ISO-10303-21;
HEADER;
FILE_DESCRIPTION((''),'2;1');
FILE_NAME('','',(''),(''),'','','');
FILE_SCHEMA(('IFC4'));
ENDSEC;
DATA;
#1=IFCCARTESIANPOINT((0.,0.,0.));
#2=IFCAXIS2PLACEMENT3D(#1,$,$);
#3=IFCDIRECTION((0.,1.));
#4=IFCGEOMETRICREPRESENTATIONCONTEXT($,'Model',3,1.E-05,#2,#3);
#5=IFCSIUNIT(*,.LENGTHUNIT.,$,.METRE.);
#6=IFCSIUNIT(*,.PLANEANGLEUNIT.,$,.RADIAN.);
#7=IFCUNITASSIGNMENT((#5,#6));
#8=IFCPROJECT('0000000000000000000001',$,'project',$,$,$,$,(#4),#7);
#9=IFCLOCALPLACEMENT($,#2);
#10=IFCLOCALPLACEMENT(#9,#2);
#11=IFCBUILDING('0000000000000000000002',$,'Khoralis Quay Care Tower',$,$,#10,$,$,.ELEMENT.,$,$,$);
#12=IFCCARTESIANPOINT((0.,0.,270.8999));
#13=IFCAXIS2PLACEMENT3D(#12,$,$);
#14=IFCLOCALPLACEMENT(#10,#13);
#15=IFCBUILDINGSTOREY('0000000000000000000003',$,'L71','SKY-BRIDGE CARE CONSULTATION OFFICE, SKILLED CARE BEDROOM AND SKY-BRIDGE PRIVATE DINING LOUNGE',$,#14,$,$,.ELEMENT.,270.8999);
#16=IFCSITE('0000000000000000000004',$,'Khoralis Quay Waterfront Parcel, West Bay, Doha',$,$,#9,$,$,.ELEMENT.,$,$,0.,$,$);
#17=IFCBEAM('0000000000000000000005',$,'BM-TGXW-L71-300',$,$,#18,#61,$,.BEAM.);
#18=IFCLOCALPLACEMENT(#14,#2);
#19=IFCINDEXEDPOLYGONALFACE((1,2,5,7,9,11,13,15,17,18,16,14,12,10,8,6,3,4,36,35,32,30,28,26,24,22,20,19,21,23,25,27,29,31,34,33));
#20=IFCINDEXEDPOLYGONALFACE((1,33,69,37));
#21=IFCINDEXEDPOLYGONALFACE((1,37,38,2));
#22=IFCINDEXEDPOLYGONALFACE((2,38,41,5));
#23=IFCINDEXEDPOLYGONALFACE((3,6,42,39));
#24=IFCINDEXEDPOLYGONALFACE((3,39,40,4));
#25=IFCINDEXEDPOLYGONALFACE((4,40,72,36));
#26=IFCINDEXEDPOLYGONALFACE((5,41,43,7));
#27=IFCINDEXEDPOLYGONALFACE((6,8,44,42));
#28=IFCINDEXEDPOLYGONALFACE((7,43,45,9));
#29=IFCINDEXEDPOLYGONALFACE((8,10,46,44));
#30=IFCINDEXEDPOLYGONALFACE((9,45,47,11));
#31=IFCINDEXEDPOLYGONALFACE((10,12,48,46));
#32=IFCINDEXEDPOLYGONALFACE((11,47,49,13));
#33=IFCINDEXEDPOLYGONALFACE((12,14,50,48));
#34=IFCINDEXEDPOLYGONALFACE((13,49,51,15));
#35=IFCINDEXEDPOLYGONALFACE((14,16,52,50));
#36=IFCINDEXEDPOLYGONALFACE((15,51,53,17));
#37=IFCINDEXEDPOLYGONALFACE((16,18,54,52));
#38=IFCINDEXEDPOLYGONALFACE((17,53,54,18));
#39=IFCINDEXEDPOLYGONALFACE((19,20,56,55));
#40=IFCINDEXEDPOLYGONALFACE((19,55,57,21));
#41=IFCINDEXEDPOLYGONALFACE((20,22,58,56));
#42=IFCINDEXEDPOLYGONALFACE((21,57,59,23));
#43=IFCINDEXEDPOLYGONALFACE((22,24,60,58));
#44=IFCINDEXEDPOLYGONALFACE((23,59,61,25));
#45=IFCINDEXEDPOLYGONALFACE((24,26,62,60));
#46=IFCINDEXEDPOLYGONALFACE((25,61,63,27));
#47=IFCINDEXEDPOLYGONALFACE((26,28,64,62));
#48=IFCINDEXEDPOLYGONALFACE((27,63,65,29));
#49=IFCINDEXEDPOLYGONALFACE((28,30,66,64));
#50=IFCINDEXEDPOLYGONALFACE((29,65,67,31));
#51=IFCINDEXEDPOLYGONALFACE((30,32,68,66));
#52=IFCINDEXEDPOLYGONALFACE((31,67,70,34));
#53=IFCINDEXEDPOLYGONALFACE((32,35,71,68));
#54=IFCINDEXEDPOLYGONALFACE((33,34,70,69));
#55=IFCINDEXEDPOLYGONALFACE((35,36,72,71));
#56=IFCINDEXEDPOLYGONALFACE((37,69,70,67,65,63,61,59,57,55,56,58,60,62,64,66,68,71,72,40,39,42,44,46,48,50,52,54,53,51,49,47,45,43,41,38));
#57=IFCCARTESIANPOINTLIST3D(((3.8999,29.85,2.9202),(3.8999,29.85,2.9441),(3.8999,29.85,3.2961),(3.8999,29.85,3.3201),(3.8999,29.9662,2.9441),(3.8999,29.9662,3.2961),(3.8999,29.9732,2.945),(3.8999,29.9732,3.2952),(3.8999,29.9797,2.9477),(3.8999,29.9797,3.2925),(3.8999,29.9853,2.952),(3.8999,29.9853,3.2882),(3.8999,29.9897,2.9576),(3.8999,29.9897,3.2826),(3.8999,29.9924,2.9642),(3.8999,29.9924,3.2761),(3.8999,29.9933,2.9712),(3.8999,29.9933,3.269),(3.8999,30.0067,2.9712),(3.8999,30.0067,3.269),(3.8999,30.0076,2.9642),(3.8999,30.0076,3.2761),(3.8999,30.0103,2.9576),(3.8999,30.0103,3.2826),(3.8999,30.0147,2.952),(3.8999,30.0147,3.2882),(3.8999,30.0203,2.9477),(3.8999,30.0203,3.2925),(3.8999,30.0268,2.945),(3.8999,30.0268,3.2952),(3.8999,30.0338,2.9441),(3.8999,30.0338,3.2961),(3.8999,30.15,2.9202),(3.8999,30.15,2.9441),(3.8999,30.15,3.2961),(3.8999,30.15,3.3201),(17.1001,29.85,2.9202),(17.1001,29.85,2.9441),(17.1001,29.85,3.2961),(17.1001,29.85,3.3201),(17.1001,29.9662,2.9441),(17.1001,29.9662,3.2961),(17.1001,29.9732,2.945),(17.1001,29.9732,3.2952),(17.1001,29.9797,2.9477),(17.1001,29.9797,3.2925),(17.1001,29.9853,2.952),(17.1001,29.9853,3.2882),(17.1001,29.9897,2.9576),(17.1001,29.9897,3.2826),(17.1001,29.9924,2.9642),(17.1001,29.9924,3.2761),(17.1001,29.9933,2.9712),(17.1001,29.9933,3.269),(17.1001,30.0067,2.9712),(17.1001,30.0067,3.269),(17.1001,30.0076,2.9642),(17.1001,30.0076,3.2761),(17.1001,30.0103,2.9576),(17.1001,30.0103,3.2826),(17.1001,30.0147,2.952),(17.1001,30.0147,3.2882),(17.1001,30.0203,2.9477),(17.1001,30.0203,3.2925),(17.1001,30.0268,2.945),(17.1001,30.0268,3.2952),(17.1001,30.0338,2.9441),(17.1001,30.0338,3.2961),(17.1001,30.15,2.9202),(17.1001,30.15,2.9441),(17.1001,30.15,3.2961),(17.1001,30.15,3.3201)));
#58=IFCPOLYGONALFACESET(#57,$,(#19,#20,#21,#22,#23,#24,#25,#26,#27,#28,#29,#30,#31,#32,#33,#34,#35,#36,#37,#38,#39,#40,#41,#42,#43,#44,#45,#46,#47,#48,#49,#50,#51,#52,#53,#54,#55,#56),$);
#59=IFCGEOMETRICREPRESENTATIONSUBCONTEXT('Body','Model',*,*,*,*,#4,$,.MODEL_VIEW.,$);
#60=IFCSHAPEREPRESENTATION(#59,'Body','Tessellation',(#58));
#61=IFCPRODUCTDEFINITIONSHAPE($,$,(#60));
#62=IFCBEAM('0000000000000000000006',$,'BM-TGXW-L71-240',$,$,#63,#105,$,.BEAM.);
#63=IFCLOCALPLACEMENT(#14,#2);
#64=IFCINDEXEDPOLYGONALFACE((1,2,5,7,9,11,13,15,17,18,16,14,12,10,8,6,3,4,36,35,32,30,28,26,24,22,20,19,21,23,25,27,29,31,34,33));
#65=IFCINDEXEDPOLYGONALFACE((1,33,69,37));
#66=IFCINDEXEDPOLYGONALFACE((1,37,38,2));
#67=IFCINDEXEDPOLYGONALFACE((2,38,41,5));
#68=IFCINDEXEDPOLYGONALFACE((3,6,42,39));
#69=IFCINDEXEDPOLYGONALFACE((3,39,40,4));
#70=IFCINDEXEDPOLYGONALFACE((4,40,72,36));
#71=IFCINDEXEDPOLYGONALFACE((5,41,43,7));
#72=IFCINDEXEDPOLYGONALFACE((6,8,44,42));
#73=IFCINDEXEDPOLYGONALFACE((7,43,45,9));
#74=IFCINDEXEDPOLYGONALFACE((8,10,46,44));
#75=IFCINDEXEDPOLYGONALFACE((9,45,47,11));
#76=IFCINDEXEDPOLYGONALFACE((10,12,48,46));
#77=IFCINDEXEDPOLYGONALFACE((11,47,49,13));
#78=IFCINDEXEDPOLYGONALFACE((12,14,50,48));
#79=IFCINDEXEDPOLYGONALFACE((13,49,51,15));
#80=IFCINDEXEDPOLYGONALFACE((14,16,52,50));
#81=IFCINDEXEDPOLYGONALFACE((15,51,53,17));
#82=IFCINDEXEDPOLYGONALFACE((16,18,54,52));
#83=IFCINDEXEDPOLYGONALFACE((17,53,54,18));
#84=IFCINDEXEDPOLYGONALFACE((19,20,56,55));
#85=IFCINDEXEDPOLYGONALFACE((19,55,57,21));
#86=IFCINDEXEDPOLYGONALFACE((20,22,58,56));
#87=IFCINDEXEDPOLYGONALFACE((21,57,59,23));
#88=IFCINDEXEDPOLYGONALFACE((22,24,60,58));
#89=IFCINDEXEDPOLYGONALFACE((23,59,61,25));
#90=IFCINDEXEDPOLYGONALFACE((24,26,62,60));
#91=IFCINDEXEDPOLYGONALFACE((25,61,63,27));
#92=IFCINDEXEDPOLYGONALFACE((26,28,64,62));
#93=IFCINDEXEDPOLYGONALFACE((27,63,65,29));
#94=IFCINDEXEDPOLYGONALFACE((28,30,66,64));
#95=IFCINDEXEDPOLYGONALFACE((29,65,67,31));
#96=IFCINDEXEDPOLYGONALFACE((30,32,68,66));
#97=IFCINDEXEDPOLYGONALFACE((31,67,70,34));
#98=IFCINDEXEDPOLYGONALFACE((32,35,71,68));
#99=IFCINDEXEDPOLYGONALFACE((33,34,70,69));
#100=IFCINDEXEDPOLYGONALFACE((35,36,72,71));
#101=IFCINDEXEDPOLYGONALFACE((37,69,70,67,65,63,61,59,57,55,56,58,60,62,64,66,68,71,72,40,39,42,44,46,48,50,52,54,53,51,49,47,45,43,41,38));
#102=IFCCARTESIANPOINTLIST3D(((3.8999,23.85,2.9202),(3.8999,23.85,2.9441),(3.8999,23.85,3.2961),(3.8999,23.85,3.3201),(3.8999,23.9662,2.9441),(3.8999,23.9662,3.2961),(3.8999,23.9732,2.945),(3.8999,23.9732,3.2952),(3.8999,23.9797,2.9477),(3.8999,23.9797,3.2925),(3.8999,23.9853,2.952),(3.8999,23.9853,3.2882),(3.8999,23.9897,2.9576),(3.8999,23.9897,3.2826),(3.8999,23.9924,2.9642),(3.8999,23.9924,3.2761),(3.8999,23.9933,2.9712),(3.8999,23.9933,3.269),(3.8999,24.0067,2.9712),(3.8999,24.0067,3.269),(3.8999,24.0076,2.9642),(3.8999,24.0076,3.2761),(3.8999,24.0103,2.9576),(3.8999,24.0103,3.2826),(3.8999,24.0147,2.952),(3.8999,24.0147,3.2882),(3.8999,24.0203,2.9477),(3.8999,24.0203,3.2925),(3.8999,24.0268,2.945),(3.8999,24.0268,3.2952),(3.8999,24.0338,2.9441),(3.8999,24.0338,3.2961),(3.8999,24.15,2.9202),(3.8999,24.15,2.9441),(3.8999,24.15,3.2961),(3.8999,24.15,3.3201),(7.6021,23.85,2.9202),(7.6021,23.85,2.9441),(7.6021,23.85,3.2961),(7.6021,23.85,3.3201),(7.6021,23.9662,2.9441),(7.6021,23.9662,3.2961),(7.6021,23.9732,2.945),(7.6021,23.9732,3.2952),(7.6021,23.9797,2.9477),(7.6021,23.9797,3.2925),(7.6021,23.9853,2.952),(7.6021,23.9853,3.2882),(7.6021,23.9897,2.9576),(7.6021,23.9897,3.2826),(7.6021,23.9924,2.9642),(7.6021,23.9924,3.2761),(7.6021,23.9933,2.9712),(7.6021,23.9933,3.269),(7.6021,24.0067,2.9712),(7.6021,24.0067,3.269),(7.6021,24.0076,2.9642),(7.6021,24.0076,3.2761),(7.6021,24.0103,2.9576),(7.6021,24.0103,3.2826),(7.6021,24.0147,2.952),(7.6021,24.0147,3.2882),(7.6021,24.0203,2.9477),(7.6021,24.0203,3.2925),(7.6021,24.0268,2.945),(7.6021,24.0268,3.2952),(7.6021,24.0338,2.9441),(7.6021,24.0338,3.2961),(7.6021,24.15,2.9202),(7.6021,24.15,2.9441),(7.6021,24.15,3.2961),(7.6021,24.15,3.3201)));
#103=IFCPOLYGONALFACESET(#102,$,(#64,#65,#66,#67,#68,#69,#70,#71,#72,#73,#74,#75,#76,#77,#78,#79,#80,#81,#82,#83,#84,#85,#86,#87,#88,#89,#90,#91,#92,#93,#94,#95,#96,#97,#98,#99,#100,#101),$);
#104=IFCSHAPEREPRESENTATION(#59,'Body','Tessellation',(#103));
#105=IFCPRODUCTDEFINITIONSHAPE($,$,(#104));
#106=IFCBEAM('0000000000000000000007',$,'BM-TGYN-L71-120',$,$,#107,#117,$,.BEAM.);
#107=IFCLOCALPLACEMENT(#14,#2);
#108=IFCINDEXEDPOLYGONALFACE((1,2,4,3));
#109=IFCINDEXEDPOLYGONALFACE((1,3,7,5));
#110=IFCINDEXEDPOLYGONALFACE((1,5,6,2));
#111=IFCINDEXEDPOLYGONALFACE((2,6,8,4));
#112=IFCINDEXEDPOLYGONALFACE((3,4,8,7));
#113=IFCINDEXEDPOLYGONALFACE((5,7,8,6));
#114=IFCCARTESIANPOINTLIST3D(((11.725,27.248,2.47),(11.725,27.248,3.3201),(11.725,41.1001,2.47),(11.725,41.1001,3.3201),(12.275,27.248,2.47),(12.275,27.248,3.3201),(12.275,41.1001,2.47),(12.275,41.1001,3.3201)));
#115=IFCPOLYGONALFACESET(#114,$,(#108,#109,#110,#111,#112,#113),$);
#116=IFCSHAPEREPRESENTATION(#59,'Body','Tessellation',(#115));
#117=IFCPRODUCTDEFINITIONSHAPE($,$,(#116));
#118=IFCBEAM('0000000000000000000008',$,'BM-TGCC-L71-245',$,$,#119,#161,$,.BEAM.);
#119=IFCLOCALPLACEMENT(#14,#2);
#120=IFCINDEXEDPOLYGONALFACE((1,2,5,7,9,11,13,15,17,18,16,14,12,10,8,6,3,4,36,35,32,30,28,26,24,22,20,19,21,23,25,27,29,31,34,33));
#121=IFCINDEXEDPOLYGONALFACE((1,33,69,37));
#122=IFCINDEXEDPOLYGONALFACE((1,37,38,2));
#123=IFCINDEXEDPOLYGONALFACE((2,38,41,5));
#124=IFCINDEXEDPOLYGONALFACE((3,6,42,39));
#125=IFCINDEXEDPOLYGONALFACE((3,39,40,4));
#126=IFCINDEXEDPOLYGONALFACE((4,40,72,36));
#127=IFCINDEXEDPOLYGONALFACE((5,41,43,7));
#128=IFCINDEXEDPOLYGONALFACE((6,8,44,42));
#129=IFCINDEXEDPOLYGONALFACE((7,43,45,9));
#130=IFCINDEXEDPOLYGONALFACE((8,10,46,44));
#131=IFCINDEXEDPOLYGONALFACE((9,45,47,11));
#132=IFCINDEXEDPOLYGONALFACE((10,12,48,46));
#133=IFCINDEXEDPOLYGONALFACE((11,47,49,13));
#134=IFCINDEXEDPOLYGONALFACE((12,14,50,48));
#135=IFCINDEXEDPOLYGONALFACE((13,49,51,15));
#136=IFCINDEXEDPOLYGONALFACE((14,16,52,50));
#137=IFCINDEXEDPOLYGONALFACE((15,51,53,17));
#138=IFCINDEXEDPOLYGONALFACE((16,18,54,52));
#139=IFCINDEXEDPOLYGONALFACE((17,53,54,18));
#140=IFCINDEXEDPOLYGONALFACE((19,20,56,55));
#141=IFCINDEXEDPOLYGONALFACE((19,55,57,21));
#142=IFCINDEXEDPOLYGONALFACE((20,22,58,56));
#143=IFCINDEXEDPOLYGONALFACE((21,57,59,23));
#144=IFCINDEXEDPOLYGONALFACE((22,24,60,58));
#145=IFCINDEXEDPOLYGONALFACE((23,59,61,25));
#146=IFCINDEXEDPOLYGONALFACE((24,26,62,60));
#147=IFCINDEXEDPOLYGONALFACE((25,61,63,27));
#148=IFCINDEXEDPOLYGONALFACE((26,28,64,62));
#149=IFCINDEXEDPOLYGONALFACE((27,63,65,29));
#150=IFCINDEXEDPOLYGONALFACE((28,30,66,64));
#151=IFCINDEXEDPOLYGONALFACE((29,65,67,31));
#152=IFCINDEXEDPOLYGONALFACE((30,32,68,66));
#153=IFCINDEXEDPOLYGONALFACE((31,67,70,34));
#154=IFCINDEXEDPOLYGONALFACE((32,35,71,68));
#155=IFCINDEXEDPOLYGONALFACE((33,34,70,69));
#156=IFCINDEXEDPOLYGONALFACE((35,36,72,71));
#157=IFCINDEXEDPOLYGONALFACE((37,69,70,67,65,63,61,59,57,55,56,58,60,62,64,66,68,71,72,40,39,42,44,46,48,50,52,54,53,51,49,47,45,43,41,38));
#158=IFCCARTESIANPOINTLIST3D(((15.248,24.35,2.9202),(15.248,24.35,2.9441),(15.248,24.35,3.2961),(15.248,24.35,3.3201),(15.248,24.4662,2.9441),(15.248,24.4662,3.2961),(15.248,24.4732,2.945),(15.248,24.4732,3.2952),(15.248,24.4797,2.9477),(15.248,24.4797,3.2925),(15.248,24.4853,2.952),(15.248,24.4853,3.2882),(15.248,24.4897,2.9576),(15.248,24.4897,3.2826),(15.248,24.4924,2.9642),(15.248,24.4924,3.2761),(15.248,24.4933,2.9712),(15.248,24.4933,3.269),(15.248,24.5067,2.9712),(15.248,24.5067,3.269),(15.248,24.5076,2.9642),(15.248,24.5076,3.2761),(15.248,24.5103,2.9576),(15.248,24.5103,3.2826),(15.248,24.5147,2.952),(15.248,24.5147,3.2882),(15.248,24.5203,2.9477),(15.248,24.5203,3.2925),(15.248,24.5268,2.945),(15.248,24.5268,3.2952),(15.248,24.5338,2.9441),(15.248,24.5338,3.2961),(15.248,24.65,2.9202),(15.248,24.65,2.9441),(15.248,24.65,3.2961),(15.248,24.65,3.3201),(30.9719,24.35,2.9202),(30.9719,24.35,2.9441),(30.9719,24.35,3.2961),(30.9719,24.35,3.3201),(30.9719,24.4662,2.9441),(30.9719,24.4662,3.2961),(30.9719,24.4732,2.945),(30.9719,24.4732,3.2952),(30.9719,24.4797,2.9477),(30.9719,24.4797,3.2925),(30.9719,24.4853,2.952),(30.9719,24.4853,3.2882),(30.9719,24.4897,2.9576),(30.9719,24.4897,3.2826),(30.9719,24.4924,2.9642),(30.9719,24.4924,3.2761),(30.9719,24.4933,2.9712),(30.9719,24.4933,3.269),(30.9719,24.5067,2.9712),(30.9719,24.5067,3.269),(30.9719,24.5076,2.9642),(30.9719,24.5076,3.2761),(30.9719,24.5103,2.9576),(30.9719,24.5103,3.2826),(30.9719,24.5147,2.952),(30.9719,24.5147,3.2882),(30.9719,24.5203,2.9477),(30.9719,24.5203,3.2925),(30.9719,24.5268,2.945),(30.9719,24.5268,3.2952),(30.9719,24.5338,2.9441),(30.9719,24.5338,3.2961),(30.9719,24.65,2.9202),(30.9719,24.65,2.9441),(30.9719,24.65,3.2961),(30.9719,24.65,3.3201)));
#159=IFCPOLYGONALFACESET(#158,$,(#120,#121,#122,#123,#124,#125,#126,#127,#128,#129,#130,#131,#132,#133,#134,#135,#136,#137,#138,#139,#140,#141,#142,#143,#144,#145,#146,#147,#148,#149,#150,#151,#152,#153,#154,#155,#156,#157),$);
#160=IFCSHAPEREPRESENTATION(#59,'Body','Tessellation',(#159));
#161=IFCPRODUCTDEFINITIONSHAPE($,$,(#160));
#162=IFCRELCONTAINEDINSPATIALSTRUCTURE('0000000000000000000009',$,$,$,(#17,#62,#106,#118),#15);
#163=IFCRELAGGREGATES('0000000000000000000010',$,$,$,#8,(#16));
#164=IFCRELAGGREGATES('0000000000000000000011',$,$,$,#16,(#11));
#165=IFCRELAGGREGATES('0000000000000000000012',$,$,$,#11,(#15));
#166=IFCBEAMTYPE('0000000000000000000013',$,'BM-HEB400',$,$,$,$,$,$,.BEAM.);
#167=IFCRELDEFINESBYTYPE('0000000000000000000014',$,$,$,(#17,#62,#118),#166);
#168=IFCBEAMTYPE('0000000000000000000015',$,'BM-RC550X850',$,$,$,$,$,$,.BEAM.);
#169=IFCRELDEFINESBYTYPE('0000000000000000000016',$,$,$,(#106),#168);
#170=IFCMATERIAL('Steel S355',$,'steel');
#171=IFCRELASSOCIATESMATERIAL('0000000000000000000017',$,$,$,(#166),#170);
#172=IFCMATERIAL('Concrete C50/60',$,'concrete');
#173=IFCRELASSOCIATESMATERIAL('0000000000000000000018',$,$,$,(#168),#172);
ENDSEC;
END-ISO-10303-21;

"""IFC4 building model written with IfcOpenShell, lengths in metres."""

from ifc_helpers import new_model, si_unit, direction, frame, origin, origin_2d, place, context, subcontext, project, spatial, rectangle, i_section, extrude, source, transform, mapped, material, material_profile, profile_set, type_object, element, save


model = new_model("IFC4")

# Units and contexts
model_context = context("Model", 3, precision=1e-05, world=origin(), true_north=direction((0.0, 1.0)))
body_context = subcontext(model_context, "Body", "Model", "MODEL_VIEW")
ifc_project = project(units=[si_unit("LENGTHUNIT", "METRE"), si_unit("PLANEANGLEUNIT", "RADIAN")], contexts=[model_context])

# Site, building, storey
site_placement = place(None, origin())
site = spatial("IfcSite", under=ifc_project, at=site_placement, Name="Khoralis Quay Waterfront Parcel, West Bay, Doha", CompositionType="ELEMENT", RefElevation=0.0)
building_placement = place(site_placement, origin())
building = spatial("IfcBuilding", under=site, at=building_placement, Name="Khoralis Quay Care Tower", CompositionType="ELEMENT")
storey_placement = place(building_placement, frame((0.0, 0.0, 270.8999)))
storey = spatial("IfcBuildingStorey", under=building, at=storey_placement, Name="L71", Description="SKY-BRIDGE CARE CONSULTATION OFFICE, SKILLED CARE BEDROOM AND SKY-BRIDGE PRIVATE DINING LOUNGE", CompositionType="ELEMENT", Elevation=270.8999)

# Shared definitions
ifc_material_1 = material(Name="Concrete C50/60", Category="concrete")

# Beams
ifc_material_2 = material(Name="Steel S355", Category="steel")
ifc_material_profile_1 = material_profile(ifc_material_2, i_section(OverallWidth=0.3, OverallDepth=0.3999, WebThickness=0.0134, FlangeThickness=0.0239, FilletRadius=0.0271, at=origin_2d()), Name="Steel S355")
ifc_profile_set_1 = profile_set([ifc_material_profile_1], Name="Steel S355")
beam_type_1 = type_object("IfcBeamType", Name="BM-HEB400", PredefinedType="BEAM", material=ifc_profile_set_1)
shared_shape_1 = source(origin(), body_context, "Body", "SweptSolid", [
    extrude(i_section(OverallWidth=0.3, OverallDepth=0.3999, WebThickness=0.0134, FlangeThickness=0.0239, FilletRadius=0.0271, at=origin_2d()), origin(), (0.0, 0.0, 1.0), 13.2002),
])
beam_1_placement = place(storey_placement, frame((3.8999, 30.0, 3.1201), z_axis=(1.0, 0.0, 0.0), x_axis=(0.0, 1.0, 0.0)))
element("IfcBeam", 1, at=beam_1_placement, inside=storey, type_object=beam_type_1, Name="BM-TGXW-L71-300", PredefinedType="BEAM", context=body_context, shape_type="MappedRepresentation", body=[
    mapped(shared_shape_1, transform((0.0, 0.0, 0.0), scale=1.0)),
])
shared_shape_2 = source(origin(), body_context, "Body", "SweptSolid", [
    extrude(i_section(OverallWidth=0.3, OverallDepth=0.3999, WebThickness=0.0134, FlangeThickness=0.0239, FilletRadius=0.0271, at=origin_2d()), origin(), (0.0, 0.0, 1.0), 3.7021),
])
beam_2_placement = place(storey_placement, frame((3.8999, 24.0, 3.1201), z_axis=(1.0, 0.0, 0.0), x_axis=(0.0, 1.0, 0.0)))
element("IfcBeam", 2, at=beam_2_placement, inside=storey, type_object=beam_type_1, Name="BM-TGXW-L71-240", PredefinedType="BEAM", context=body_context, shape_type="MappedRepresentation", body=[
    mapped(shared_shape_2, transform((0.0, 0.0, 0.0), scale=1.0)),
])
ifc_material_profile_2 = material_profile(ifc_material_1, rectangle(XDim=0.55, YDim=0.8501, at=origin_2d()), Name="Concrete C50/60")
ifc_profile_set_2 = profile_set([ifc_material_profile_2], Name="Concrete C50/60")
beam_type_2 = type_object("IfcBeamType", Name="BM-RC550X850", PredefinedType="BEAM", material=ifc_profile_set_2)
shared_shape_3 = source(origin(), body_context, "Body", "SweptSolid", [
    extrude(rectangle(XDim=0.55, YDim=0.8501, at=origin_2d()), origin(), (0.0, 0.0, 1.0), 13.8521),
])
beam_3_placement = place(storey_placement, frame((12.0, 27.248, 2.895), z_axis=(0.0, 1.0, 0.0), x_axis=(-1.0, 0.0, 0.0)))
element("IfcBeam", 3, at=beam_3_placement, inside=storey, type_object=beam_type_2, Name="BM-TGYN-L71-120", PredefinedType="BEAM", context=body_context, shape_type="MappedRepresentation", body=[
    mapped(shared_shape_3, transform((0.0, 0.0, 0.0), scale=1.0)),
])
shared_shape_4 = source(origin(), body_context, "Body", "SweptSolid", [
    extrude(i_section(OverallWidth=0.3, OverallDepth=0.3999, WebThickness=0.0134, FlangeThickness=0.0239, FilletRadius=0.0271, at=origin_2d()), origin(), (0.0, 0.0, 1.0), 15.7239),
])
beam_4_placement = place(storey_placement, frame((15.248, 24.5, 3.1201), z_axis=(1.0, 0.0, 0.0), x_axis=(0.0, 1.0, 0.0)))
element("IfcBeam", 4, at=beam_4_placement, inside=storey, type_object=beam_type_1, Name="BM-TGCC-L71-245", PredefinedType="BEAM", context=body_context, shape_type="MappedRepresentation", body=[
    mapped(shared_shape_4, transform((0.0, 0.0, 0.0), scale=1.0)),
])

save(model, "model.ifc")
